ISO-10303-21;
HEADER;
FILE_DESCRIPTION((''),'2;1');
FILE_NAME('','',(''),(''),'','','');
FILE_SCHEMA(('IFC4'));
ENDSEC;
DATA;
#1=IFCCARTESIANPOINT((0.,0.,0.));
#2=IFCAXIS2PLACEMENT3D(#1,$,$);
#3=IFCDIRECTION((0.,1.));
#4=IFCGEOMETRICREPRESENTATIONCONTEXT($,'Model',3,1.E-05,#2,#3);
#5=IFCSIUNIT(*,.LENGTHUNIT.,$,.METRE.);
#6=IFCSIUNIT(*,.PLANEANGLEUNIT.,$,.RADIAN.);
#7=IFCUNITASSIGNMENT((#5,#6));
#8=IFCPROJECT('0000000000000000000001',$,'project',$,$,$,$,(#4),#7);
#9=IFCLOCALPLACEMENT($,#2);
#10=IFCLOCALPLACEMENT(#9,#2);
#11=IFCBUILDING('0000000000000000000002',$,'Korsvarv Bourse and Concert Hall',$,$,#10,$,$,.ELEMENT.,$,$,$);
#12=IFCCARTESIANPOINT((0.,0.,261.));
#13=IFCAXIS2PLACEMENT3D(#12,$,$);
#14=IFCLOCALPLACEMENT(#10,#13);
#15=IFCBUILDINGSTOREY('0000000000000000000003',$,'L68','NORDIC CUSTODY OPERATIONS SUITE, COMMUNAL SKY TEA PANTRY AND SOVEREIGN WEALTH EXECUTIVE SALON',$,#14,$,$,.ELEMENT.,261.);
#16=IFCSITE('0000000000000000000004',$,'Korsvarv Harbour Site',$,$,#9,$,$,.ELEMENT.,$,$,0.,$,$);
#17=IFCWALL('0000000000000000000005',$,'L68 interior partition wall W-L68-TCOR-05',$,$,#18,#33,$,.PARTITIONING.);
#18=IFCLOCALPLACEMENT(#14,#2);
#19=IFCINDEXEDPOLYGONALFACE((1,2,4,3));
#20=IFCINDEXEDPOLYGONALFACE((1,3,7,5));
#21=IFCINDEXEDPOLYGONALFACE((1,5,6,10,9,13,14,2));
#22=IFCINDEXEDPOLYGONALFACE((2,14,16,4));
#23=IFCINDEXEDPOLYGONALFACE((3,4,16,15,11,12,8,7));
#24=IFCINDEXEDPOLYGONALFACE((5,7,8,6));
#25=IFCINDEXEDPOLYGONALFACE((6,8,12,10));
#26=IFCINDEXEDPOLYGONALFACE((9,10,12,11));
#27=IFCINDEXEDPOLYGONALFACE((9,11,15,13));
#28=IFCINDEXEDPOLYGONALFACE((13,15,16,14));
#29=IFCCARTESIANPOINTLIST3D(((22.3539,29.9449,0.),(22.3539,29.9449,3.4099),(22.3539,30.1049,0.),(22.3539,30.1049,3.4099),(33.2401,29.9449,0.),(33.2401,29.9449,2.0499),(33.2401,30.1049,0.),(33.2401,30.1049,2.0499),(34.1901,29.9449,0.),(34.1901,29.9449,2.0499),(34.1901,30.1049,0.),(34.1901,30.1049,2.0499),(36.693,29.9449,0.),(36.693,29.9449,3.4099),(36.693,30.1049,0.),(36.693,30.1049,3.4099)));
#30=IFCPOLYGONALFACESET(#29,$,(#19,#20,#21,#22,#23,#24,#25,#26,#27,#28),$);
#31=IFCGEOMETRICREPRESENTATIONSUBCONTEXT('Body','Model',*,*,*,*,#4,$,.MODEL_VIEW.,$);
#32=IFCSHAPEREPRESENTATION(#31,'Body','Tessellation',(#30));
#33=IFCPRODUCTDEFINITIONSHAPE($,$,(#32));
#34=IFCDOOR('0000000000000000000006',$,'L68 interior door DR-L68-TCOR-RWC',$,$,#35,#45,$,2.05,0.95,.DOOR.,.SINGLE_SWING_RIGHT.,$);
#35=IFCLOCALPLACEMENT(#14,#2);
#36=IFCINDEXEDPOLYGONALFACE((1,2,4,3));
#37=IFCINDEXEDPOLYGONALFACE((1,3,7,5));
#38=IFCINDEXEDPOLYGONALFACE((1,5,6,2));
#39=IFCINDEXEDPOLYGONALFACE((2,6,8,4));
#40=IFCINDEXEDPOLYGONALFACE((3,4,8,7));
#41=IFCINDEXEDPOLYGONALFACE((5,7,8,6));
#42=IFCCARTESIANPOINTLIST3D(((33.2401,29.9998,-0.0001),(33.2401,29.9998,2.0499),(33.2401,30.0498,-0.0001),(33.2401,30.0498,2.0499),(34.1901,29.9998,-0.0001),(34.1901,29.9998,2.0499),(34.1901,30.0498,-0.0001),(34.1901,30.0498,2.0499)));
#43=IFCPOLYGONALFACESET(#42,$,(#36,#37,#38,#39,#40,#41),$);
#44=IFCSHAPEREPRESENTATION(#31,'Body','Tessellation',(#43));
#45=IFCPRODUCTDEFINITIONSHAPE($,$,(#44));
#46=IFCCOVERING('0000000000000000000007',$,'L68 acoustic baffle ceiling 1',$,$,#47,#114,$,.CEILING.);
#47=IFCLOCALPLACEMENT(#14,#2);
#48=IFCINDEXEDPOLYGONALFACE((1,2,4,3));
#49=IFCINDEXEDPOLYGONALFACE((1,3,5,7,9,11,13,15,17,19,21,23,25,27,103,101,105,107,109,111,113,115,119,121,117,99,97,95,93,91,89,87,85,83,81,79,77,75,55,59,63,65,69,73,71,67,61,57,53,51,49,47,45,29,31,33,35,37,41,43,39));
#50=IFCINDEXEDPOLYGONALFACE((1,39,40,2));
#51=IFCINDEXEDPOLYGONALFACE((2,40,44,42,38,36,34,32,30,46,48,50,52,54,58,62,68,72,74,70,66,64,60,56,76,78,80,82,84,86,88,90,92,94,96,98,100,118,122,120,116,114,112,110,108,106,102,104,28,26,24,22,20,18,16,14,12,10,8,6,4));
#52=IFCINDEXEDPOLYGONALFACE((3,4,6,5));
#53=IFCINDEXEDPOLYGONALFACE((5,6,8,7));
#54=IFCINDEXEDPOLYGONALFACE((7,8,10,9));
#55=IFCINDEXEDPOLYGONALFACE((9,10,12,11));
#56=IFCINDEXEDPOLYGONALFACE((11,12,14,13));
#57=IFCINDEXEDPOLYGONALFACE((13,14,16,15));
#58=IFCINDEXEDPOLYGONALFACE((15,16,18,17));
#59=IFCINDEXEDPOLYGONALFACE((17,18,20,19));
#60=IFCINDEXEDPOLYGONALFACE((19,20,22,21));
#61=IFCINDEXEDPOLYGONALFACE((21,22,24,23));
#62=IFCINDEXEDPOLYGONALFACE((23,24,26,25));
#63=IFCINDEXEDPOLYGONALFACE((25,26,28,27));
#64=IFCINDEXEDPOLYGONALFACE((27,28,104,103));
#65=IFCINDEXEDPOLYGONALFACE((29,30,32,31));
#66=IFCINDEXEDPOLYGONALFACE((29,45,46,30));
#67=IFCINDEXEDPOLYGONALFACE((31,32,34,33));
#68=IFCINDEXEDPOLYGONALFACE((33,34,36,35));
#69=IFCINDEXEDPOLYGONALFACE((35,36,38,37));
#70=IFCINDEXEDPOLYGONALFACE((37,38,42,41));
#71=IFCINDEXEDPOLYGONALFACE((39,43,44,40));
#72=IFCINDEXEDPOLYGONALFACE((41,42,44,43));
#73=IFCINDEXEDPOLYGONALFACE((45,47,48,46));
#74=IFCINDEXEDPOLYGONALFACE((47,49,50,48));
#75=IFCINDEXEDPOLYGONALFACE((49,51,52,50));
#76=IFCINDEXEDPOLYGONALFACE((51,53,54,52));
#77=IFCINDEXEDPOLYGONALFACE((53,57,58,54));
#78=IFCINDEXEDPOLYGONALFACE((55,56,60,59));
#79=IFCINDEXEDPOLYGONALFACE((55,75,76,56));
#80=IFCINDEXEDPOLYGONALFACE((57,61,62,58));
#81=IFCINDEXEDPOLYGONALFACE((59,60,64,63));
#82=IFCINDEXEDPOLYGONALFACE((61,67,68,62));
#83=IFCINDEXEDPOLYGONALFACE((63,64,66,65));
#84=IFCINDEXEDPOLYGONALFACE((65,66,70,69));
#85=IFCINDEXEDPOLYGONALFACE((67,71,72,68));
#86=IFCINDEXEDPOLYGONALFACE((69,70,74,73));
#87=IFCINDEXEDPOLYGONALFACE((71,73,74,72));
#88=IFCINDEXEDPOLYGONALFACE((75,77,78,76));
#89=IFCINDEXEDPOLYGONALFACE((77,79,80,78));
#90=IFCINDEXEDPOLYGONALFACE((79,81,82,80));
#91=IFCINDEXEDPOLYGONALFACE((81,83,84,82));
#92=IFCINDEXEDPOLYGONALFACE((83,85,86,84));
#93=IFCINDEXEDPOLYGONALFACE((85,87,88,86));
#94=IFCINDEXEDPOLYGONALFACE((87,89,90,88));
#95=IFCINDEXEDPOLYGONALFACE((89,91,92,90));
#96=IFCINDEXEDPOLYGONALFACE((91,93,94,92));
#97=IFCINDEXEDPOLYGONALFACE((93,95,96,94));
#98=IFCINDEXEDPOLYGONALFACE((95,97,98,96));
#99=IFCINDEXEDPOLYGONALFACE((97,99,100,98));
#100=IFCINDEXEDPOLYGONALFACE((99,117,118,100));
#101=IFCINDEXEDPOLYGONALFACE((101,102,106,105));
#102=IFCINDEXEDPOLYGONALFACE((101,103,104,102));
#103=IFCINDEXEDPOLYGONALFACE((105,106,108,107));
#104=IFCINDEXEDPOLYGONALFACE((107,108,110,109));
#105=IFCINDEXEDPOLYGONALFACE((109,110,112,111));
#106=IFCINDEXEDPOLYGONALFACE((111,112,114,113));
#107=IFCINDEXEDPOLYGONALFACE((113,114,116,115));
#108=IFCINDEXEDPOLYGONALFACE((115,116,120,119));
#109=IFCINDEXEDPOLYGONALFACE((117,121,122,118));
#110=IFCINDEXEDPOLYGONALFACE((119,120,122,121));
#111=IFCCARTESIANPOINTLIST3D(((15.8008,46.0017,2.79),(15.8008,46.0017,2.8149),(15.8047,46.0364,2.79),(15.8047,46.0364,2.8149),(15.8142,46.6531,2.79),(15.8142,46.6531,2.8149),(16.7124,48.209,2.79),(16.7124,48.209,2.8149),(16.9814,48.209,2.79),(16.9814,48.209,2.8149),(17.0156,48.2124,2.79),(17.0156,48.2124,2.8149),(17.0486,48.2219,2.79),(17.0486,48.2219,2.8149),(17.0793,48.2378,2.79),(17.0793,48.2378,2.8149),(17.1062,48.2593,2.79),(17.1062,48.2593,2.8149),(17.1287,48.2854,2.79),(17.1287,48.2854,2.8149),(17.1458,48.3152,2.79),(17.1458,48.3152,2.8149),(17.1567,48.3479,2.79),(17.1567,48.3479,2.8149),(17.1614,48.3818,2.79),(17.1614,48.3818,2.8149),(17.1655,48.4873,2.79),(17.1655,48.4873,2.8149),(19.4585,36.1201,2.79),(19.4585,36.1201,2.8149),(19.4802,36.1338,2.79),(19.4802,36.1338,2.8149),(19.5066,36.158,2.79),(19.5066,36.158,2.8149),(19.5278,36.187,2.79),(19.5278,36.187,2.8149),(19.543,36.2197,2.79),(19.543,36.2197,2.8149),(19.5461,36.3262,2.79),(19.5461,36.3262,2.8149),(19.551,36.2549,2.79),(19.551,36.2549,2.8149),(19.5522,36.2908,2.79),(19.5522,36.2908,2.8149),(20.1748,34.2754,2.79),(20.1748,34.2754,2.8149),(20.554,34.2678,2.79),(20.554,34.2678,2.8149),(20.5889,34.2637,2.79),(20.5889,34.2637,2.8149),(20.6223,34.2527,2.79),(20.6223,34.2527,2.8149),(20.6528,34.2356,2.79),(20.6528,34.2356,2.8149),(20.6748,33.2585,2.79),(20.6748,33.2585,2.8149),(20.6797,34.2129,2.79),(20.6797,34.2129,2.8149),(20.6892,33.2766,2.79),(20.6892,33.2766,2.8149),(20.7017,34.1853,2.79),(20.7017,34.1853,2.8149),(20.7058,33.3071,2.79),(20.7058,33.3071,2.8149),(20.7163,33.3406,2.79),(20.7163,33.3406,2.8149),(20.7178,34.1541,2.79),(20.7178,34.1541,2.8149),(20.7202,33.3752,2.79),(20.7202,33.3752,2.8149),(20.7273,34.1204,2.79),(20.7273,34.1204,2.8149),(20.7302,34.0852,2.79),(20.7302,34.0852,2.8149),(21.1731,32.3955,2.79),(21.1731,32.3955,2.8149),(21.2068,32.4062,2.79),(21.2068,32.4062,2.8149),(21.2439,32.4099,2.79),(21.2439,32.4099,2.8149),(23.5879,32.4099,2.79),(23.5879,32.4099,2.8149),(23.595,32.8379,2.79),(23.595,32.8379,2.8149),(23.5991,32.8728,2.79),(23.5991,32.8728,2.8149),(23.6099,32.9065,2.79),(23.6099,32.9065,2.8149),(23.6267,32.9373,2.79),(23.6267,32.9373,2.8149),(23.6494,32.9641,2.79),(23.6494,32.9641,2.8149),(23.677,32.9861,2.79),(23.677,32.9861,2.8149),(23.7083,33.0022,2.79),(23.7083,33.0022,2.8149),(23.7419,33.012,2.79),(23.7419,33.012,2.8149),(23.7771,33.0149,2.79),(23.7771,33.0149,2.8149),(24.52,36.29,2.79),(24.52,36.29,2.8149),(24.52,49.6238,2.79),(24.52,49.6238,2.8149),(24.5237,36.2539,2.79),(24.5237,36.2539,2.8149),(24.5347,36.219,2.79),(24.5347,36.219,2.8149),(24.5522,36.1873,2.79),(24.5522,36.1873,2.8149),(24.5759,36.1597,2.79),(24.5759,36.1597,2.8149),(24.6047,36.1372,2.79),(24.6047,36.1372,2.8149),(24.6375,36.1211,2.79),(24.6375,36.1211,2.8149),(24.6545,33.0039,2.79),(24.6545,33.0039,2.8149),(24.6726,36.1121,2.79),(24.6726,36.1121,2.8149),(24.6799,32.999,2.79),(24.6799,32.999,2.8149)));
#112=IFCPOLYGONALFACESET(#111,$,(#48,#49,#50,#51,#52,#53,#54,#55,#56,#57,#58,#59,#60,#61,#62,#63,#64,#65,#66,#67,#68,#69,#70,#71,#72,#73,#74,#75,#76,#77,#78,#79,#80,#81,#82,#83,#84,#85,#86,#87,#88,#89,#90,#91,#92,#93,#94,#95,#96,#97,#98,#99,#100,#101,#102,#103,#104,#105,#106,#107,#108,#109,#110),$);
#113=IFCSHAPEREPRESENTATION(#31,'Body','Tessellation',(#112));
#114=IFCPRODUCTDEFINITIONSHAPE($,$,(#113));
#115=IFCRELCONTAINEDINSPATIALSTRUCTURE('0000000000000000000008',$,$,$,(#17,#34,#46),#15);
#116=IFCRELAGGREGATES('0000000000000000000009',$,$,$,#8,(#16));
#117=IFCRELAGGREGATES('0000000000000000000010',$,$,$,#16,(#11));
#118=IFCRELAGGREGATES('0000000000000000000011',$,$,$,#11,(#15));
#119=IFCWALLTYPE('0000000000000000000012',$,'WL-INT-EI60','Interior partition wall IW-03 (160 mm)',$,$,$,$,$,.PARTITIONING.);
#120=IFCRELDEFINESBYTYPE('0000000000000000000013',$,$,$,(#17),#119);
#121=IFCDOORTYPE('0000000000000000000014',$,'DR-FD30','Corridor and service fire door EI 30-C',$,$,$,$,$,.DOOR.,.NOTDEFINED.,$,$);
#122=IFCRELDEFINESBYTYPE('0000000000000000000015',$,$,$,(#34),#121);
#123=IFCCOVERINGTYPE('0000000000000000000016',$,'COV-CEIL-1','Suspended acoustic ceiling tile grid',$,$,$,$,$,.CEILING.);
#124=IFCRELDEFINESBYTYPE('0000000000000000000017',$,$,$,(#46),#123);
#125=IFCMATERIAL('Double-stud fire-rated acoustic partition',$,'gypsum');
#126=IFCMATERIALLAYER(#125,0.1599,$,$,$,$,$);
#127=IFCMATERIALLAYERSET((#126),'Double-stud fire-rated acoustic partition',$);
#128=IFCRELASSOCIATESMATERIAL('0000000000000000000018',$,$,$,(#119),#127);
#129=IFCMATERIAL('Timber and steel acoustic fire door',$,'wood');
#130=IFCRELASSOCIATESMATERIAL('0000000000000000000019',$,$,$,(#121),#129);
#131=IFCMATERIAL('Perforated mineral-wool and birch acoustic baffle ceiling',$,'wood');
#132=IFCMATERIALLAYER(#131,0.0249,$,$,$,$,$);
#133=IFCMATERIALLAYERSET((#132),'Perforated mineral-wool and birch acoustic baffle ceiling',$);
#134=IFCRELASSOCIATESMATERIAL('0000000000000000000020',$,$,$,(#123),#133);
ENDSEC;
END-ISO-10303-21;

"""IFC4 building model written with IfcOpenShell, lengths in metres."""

from ifc_helpers import new_model, si_unit, direction, frame, frame_2d, origin, place, context, subcontext, project, spatial, polyline, rectangle, outline, extrude, material, layer, layer_set, type_object, element, fill, save


model = new_model("IFC4")

# Units and contexts
model_context = context("Model", 3, precision=1e-05, world=origin(), true_north=direction((0.0, 1.0)))
body_context = subcontext(model_context, "Body", "Model", "MODEL_VIEW")
ifc_project = project(units=[si_unit("LENGTHUNIT", "METRE"), si_unit("PLANEANGLEUNIT", "RADIAN")], contexts=[model_context])

# Site, building, storey
site_placement = place(None, origin())
site = spatial("IfcSite", under=ifc_project, at=site_placement, Name="Korsvarv Harbour Site", CompositionType="ELEMENT", RefElevation=0.0)
building_placement = place(site_placement, origin())
building = spatial("IfcBuilding", under=site, at=building_placement, Name="Korsvarv Bourse and Concert Hall", CompositionType="ELEMENT")
storey_placement = place(building_placement, frame((0.0, 0.0, 261.0)))
storey = spatial("IfcBuildingStorey", under=building, at=storey_placement, Name="L68", Description="NORDIC CUSTODY OPERATIONS SUITE, COMMUNAL SKY TEA PANTRY AND SOVEREIGN WEALTH EXECUTIVE SALON", CompositionType="ELEMENT", Elevation=261.0)

# Wall, opening, door
ifc_material_1 = material(Name="Double-stud fire-rated acoustic partition", Category="gypsum")
ifc_layer_1 = layer(ifc_material_1, 0.1599)
ifc_layer_set_1 = layer_set([ifc_layer_1], Name="Double-stud fire-rated acoustic partition")
wall_type = type_object("IfcWallType", Name="WL-INT-EI60", Description="Interior partition wall IW-03 (160 mm)", PredefinedType="PARTITIONING", material=ifc_layer_set_1)
wall_placement = place(storey_placement, frame((22.354, 30.0249, 0.0), z_axis=(0.0, 0.0, 1.0), x_axis=(1.0, 0.0, 0.0)))
wall = element("IfcWall", 1, at=wall_placement, inside=storey, type_object=wall_type, Name="L68 interior partition wall W-L68-TCOR-05", PredefinedType="PARTITIONING", context=body_context, shape_type="SweptSolid", body=[
    extrude(rectangle(XDim=14.3391, YDim=0.1599, at=frame_2d((7.1694, 0.0))), origin(), (0.0, 0.0, 1.0), 3.4099),
])
opening_placement = place(wall_placement, frame((10.886, 0.0, 0.0)))
opening = element("IfcOpeningElement", 2, at=opening_placement, cuts=wall, PredefinedType="OPENING", context=body_context, shape_type="SweptSolid", body=[
    extrude(rectangle(XDim=0.95, YDim=2.05, at=frame_2d((0.4751, 1.0249))), frame((0.0, 0.0898, 0.0), z_axis=(0.0, -1.0, 0.0), x_axis=(1.0, 0.0, 0.0)), (0.0, 0.0, 1.0), 0.1799),
])
ifc_material_2 = material(Name="Timber and steel acoustic fire door", Category="wood")
door_type = type_object("IfcDoorType", Name="DR-FD30", Description="Corridor and service fire door EI 30-C", OperationType="NOTDEFINED", PredefinedType="DOOR", material=ifc_material_2)
door_placement = place(opening_placement, origin())
door = element("IfcDoor", 3, at=door_placement, inside=storey, type_object=door_type, Name="L68 interior door DR-L68-TCOR-RWC", OperationType="SINGLE_SWING_RIGHT", OverallHeight=2.05, OverallWidth=0.95, PredefinedType="DOOR", context=body_context, shape_type="SweptSolid", body=[
    extrude(rectangle(XDim=0.95, YDim=2.05, at=frame_2d((0.4751, 1.0249))), frame((0.0, 0.0249, 0.0), z_axis=(0.0, -1.0, 0.0), x_axis=(1.0, 0.0, 0.0)), (0.0, 0.0, 1.0), 0.05),
])
fill(opening, door)

# Covering
ifc_material_3 = material(Name="Perforated mineral-wool and birch acoustic baffle ceiling", Category="wood")
ifc_layer_2 = layer(ifc_material_3, 0.0249)
ifc_layer_set_2 = layer_set([ifc_layer_2], Name="Perforated mineral-wool and birch acoustic baffle ceiling")
covering_type_1 = type_object("IfcCoveringType", Name="COV-CEIL-1", Description="Suspended acoustic ceiling tile grid", PredefinedType="CEILING", material=ifc_layer_set_2)
covering_1_placement = place(storey_placement, frame((0.0, 0.0, 2.79)))
element("IfcCovering", 4, at=covering_1_placement, inside=storey, type_object=covering_type_1, Name="L68 acoustic baffle ceiling 1", PredefinedType="CEILING", context=body_context, shape_type="SweptSolid", body=[
    extrude(outline(polyline([(15.8008, 46.0017), (15.8047, 46.0364), (15.8142, 46.6531), (16.7124, 48.209), (16.9814, 48.209), (17.0156, 48.2124), (17.0486, 48.2219), (17.0793, 48.2378), (17.1062, 48.2593), (17.1287, 48.2854), (17.1458, 48.3152), (17.1567, 48.3479), (17.1614, 48.3818), (17.1655, 48.4873), (24.52, 49.6238), (24.52, 36.29), (24.5237, 36.2539), (24.5347, 36.219), (24.5522, 36.1873), (24.5759, 36.1597), (24.6047, 36.1372), (24.6375, 36.1211), (24.6726, 36.1121), (24.6799, 32.999), (24.6545, 33.0039), (23.7771, 33.0149), (23.7419, 33.012), (23.7083, 33.0022), (23.677, 32.9861), (23.6494, 32.9641), (23.6267, 32.9373), (23.6099, 32.9065), (23.5991, 32.8728), (23.595, 32.8379), (23.5879, 32.4099), (21.2439, 32.4099), (21.2068, 32.4062), (21.1731, 32.3955), (20.6748, 33.2585), (20.6892, 33.2766), (20.7058, 33.3071), (20.7163, 33.3406), (20.7202, 33.3752), (20.7302, 34.0852), (20.7273, 34.1204), (20.7178, 34.1541), (20.7017, 34.1853), (20.6797, 34.2129), (20.6528, 34.2356), (20.6223, 34.2527), (20.5889, 34.2637), (20.554, 34.2678), (20.1748, 34.2754), (19.4585, 36.1201), (19.4802, 36.1338), (19.5066, 36.158), (19.5278, 36.187), (19.543, 36.2197), (19.551, 36.2549), (19.5522, 36.2908), (19.5461, 36.3262), (15.8008, 46.0017)])), origin(), (0.0, 0.0, 1.0), 0.0249),
])

save(model, "model.ifc")
